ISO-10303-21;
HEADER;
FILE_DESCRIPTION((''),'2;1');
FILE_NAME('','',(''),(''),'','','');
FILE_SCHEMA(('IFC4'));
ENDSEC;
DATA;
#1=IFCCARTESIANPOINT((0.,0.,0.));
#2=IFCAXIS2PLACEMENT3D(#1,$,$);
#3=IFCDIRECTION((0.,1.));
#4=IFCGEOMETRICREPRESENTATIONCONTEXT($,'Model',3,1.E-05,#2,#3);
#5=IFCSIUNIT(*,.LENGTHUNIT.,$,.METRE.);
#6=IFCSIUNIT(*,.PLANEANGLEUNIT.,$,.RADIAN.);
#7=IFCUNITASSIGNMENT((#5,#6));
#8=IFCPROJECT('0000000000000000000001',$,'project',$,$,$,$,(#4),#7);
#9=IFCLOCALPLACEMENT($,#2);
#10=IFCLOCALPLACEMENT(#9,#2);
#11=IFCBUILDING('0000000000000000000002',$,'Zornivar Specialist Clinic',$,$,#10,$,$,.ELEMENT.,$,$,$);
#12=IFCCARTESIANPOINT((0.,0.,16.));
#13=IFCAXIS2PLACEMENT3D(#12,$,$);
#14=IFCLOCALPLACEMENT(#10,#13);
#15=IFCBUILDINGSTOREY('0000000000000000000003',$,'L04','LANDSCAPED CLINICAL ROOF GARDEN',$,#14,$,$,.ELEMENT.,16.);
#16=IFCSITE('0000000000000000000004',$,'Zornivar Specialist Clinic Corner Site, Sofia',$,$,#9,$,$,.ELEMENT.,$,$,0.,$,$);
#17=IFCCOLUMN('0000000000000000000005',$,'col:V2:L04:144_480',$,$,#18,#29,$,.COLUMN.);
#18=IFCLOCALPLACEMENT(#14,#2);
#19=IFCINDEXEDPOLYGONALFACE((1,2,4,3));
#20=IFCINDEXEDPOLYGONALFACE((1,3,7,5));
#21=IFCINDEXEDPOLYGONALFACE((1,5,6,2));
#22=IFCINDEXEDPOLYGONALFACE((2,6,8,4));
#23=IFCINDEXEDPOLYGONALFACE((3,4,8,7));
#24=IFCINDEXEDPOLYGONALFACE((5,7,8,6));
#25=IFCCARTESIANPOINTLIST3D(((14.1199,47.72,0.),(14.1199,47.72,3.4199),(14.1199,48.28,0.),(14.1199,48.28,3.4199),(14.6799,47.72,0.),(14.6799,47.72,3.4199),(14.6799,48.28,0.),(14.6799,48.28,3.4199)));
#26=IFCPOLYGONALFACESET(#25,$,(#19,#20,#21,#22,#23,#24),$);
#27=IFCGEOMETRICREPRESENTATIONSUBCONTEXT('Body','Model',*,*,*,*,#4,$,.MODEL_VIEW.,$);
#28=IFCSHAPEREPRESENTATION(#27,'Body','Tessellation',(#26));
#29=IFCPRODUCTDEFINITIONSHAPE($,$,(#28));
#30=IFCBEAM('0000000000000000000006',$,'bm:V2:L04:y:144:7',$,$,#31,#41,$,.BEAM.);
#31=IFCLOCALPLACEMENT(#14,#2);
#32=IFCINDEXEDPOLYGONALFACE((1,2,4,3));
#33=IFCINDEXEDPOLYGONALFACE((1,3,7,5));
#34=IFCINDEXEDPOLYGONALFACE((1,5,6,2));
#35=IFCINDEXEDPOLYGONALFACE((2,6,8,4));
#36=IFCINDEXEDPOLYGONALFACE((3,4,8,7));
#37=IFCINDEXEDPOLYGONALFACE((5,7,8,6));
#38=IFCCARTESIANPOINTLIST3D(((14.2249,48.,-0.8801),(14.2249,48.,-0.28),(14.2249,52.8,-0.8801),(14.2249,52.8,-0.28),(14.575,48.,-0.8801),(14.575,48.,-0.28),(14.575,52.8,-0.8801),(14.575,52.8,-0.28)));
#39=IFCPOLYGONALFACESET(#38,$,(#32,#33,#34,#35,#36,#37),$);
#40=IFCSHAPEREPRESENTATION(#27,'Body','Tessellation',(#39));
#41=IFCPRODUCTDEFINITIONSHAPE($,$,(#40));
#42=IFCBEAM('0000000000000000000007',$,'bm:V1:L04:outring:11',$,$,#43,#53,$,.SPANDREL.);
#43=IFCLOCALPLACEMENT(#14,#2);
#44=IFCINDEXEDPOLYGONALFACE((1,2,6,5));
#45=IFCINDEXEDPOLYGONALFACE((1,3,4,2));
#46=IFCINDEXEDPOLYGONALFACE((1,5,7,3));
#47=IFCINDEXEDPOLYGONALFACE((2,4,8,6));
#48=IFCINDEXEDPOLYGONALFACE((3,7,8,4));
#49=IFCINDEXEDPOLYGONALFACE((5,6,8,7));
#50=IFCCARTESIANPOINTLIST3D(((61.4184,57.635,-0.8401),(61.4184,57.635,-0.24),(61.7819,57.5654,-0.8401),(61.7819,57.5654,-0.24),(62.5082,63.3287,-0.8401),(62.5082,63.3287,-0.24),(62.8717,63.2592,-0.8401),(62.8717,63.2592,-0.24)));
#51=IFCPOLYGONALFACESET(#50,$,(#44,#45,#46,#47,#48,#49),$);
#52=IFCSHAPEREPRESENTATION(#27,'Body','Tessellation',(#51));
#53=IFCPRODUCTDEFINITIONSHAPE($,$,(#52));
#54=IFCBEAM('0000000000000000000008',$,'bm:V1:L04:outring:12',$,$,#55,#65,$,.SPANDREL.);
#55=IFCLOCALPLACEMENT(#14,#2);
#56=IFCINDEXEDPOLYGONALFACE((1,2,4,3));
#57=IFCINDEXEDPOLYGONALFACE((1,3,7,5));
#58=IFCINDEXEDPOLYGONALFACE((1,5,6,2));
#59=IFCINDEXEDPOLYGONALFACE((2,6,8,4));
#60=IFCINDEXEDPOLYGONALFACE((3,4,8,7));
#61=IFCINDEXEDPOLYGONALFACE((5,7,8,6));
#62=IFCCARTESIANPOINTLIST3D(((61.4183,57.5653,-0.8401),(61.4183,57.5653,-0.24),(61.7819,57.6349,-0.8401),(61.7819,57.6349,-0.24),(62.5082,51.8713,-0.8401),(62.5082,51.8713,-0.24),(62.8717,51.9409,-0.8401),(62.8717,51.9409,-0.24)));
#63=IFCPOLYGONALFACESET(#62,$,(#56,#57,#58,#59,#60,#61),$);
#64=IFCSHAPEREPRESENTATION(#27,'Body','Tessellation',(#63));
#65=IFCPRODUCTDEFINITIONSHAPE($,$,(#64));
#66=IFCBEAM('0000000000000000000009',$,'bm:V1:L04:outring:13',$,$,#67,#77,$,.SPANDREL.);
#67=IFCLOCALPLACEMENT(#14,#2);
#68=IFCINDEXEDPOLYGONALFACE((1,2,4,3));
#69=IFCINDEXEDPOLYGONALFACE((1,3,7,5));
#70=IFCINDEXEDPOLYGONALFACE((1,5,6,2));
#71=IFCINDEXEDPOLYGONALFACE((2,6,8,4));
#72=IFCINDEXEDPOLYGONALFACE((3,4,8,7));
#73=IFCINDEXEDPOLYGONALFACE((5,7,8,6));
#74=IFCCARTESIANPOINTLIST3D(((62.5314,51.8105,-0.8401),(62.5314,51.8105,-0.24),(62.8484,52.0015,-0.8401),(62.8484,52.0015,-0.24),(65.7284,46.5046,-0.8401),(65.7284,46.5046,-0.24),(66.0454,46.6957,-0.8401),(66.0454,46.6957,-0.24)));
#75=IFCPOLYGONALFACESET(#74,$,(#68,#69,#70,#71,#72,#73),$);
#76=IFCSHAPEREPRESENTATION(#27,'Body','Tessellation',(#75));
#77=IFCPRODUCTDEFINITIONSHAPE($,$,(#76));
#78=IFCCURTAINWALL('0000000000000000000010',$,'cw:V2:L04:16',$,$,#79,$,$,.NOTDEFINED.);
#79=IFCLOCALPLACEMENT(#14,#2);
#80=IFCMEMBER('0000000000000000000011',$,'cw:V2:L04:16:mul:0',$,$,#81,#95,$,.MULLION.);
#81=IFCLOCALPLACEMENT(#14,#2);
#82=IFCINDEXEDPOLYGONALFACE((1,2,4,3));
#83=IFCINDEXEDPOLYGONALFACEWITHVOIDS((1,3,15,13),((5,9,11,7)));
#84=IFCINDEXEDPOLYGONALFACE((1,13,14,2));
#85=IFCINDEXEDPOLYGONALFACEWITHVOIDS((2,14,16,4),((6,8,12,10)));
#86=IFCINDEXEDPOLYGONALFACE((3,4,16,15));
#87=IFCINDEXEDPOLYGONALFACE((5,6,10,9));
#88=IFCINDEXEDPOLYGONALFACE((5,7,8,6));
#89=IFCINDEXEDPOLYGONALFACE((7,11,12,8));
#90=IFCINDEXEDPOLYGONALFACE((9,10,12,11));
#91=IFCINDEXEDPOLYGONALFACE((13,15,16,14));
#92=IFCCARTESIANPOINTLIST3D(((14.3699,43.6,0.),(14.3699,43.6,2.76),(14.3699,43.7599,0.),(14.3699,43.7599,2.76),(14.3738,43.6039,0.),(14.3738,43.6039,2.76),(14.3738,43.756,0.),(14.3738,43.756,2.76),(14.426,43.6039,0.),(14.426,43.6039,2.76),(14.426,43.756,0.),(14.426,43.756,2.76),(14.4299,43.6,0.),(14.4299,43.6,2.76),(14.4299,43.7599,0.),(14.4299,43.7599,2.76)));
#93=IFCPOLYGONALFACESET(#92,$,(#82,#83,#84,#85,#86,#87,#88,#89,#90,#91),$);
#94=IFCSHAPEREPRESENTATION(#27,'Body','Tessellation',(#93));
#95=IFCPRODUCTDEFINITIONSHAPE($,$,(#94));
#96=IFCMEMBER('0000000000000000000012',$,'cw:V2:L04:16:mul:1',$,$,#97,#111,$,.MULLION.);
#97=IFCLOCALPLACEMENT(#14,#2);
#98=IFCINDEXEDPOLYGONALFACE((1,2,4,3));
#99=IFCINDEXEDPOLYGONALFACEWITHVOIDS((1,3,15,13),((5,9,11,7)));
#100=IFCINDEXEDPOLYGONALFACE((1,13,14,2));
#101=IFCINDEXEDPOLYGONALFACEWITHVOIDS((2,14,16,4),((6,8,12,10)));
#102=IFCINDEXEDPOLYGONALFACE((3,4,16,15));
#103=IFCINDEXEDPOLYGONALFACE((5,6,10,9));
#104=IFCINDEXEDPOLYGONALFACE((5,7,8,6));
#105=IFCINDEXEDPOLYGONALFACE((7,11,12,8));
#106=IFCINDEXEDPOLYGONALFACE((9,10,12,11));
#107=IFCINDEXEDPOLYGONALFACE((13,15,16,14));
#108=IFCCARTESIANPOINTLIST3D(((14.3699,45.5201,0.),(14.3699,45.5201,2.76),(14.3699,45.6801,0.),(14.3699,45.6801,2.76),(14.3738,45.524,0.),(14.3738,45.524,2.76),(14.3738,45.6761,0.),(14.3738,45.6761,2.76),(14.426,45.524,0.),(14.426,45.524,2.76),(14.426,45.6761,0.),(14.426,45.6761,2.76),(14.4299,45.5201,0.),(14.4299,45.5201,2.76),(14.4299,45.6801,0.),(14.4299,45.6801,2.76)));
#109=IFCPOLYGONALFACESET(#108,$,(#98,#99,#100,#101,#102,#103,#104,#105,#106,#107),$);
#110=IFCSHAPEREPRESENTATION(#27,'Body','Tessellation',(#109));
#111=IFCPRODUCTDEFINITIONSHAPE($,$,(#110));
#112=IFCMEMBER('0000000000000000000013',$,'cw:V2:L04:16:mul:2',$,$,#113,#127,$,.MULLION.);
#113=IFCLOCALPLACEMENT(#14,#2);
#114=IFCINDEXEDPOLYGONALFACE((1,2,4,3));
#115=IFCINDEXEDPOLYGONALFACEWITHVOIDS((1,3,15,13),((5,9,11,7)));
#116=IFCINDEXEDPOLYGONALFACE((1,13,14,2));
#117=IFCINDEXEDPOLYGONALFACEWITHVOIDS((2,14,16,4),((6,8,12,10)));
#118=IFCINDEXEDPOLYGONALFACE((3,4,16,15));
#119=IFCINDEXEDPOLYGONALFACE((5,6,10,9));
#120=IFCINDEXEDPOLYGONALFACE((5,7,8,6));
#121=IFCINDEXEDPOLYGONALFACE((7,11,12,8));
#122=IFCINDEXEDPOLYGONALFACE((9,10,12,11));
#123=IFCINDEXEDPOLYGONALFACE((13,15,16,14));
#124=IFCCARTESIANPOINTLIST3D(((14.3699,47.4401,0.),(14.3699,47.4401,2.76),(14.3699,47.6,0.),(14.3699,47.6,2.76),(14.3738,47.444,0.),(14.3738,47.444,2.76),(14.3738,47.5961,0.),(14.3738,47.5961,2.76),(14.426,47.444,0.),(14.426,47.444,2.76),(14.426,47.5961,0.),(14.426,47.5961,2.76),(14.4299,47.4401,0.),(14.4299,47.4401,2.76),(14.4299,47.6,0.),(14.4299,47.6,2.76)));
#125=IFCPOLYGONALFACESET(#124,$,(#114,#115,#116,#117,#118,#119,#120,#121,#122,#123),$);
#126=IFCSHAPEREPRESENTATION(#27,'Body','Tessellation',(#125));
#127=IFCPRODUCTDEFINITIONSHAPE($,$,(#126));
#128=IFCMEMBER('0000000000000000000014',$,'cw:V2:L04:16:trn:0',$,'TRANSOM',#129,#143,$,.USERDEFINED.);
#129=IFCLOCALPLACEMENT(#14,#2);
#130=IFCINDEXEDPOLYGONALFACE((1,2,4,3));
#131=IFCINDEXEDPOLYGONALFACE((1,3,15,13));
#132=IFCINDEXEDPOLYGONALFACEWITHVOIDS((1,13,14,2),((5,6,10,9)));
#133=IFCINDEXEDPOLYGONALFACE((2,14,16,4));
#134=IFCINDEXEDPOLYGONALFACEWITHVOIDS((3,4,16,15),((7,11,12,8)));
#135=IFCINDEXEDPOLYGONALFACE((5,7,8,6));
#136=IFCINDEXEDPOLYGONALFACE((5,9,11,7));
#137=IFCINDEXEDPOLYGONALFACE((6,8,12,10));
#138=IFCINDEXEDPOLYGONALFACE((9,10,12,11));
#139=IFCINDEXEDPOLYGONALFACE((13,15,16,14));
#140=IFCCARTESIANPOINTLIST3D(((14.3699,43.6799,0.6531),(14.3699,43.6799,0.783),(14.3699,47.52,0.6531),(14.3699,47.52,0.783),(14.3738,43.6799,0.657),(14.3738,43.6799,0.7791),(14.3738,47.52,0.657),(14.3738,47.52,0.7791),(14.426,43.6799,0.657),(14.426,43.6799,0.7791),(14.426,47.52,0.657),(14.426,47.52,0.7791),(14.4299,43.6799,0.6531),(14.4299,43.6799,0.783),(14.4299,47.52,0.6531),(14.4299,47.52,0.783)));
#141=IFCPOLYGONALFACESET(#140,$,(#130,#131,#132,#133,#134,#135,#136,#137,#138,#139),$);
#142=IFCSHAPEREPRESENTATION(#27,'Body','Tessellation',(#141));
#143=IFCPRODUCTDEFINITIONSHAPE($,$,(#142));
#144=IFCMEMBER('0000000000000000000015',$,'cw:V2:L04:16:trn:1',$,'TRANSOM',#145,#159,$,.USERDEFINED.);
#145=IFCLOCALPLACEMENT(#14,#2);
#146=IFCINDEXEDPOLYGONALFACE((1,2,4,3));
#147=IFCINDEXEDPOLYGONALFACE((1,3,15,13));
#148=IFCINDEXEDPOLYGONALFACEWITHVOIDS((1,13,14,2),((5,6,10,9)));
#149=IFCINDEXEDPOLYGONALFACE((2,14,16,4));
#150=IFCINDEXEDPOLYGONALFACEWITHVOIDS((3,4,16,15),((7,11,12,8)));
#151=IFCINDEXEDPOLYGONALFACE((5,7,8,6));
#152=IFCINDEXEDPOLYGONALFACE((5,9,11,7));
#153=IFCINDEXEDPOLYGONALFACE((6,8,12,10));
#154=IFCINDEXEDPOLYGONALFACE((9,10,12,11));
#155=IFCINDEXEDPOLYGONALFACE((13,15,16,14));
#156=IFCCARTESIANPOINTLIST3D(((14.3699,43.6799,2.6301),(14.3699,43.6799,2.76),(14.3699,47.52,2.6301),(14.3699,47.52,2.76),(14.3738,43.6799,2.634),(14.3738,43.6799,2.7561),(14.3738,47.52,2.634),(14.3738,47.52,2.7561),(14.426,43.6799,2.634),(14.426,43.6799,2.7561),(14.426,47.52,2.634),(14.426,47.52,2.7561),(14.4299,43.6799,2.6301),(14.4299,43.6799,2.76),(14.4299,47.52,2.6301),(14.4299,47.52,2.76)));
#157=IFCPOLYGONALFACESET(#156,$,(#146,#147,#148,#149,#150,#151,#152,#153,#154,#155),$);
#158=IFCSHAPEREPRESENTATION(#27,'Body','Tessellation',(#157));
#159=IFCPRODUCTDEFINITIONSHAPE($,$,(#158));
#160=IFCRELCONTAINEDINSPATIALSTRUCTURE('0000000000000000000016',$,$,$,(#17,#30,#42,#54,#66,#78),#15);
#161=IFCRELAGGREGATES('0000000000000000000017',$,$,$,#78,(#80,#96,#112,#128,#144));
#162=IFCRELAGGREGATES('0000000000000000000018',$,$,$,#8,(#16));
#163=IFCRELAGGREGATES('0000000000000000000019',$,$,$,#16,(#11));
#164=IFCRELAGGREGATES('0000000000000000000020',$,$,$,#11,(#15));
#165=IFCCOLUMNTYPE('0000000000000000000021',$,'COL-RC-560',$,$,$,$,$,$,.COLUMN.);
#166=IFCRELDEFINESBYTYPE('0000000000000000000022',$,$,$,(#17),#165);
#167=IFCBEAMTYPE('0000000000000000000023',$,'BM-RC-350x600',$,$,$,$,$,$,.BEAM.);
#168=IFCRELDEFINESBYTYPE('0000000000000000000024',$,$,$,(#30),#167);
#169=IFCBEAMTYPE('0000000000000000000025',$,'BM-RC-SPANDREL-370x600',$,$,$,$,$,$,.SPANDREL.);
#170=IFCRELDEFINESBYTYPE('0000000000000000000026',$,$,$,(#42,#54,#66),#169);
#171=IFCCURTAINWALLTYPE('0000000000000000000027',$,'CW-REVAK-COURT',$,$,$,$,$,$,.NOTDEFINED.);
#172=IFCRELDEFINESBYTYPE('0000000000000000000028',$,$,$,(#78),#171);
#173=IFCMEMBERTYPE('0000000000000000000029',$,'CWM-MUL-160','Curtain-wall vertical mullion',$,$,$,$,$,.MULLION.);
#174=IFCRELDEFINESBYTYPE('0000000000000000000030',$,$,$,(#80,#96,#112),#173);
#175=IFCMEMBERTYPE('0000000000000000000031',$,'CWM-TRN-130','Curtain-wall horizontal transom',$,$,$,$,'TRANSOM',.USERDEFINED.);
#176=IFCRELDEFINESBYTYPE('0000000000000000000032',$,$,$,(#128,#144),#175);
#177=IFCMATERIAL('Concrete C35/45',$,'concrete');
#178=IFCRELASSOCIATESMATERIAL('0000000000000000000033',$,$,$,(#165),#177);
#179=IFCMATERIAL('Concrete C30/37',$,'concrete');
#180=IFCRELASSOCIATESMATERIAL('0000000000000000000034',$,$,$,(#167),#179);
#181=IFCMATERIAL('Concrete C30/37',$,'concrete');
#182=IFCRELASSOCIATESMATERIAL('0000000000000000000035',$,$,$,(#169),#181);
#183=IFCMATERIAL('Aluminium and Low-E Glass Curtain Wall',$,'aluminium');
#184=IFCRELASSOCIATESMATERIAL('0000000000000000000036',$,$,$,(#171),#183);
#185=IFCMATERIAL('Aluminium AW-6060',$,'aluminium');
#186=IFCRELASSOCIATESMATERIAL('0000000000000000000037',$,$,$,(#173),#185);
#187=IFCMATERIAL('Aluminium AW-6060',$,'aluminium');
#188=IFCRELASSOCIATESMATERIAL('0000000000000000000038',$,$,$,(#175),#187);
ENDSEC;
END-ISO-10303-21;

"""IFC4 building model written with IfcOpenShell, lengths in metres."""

from ifc_helpers import new_model, si_unit, direction, frame, origin, origin_2d, place, context, subcontext, project, spatial, rectangle, hollow_rectangle, extrude, material, material_profile, profile_set, type_object, element, aggregate, save


model = new_model("IFC4")

# Units and contexts
model_context = context("Model", 3, precision=1e-05, world=origin(), true_north=direction((0.0, 1.0)))
body_context = subcontext(model_context, "Body", "Model", "MODEL_VIEW")
ifc_project = project(units=[si_unit("LENGTHUNIT", "METRE"), si_unit("PLANEANGLEUNIT", "RADIAN")], contexts=[model_context])

# Site, building, storey
site_placement = place(None, origin())
site = spatial("IfcSite", under=ifc_project, at=site_placement, Name="Zornivar Specialist Clinic Corner Site, Sofia", CompositionType="ELEMENT", RefElevation=0.0)
building_placement = place(site_placement, origin())
building = spatial("IfcBuilding", under=site, at=building_placement, Name="Zornivar Specialist Clinic", CompositionType="ELEMENT")
storey_placement = place(building_placement, frame((0.0, 0.0, 16.0)))
storey = spatial("IfcBuildingStorey", under=building, at=storey_placement, Name="L04", Description="LANDSCAPED CLINICAL ROOF GARDEN", CompositionType="ELEMENT", Elevation=16.0)

# Column
ifc_material_1 = material(Name="Concrete C35/45", Category="concrete")
ifc_material_profile_1 = material_profile(ifc_material_1, rectangle(XDim=0.5601, YDim=0.5601, at=origin_2d()), Name="RC 560x560")
ifc_profile_set_1 = profile_set([ifc_material_profile_1], Name="Concrete C35/45")
column_type = type_object("IfcColumnType", Name="COL-RC-560", PredefinedType="COLUMN", material=ifc_profile_set_1)
column_placement = place(storey_placement, frame((14.3999, 48.0, 0.0), z_axis=(0.0, 0.0, 1.0), x_axis=(1.0, 0.0, 0.0)))
element("IfcColumn", 1, at=column_placement, inside=storey, type_object=column_type, Name="col:V2:L04:144_480", PredefinedType="COLUMN", context=body_context, shape_type="SweptSolid", body=[
    extrude(rectangle(XDim=0.5601, YDim=0.5601, at=origin_2d()), origin(), (0.0, 0.0, 1.0), 3.4199),
])

# Beams
ifc_material_2 = material(Name="Concrete C30/37", Category="concrete")
ifc_material_profile_2 = material_profile(ifc_material_2, rectangle(XDim=0.3501, YDim=0.6001, at=origin_2d()), Name="RC 350x600")
ifc_profile_set_2 = profile_set([ifc_material_profile_2], Name="Concrete C30/37")
beam_type_1 = type_object("IfcBeamType", Name="BM-RC-350x600", PredefinedType="BEAM", material=ifc_profile_set_2)
beam_1_placement = place(storey_placement, frame((14.3999, 48.0, -0.5801), z_axis=(0.0, 1.0, 0.0), x_axis=(-1.0, 0.0, 0.0)))
element("IfcBeam", 2, at=beam_1_placement, inside=storey, type_object=beam_type_1, Name="bm:V2:L04:y:144:7", PredefinedType="BEAM", context=body_context, shape_type="SweptSolid", body=[
    extrude(rectangle(XDim=0.3501, YDim=0.6001, at=origin_2d()), origin(), (0.0, 0.0, 1.0), 4.8),
])
ifc_material_3 = material(Name="Concrete C30/37", Category="concrete")
ifc_material_profile_3 = material_profile(ifc_material_3, rectangle(XDim=0.3701, YDim=0.6001, at=origin_2d()), Name="RC 370x600")
ifc_profile_set_3 = profile_set([ifc_material_profile_3], Name="Concrete C30/37")
beam_type_2 = type_object("IfcBeamType", Name="BM-RC-SPANDREL-370x600", PredefinedType="SPANDREL", material=ifc_profile_set_3)
beam_2_placement = place(storey_placement, frame((62.6899, 63.2939, -0.54), z_axis=(-0.187994, -0.98217, 0.0), x_axis=(0.98217, -0.187994, 0.0)))
element("IfcBeam", 3, at=beam_2_placement, inside=storey, type_object=beam_type_2, Name="bm:V1:L04:outring:11", PredefinedType="SPANDREL", context=body_context, shape_type="SweptSolid", body=[
    extrude(rectangle(XDim=0.3701, YDim=0.6001, at=origin_2d()), origin(), (0.0, 0.0, 1.0), 5.7971),
])
beam_3_placement = place(storey_placement, frame((61.6001, 57.6001, -0.54), z_axis=(0.187987, -0.982172, 0.0), x_axis=(0.982172, 0.187987, 0.0)))
element("IfcBeam", 4, at=beam_3_placement, inside=storey, type_object=beam_type_2, Name="bm:V1:L04:outring:12", PredefinedType="SPANDREL", context=body_context, shape_type="SweptSolid", body=[
    extrude(rectangle(XDim=0.3701, YDim=0.6001, at=origin_2d()), origin(), (0.0, 0.0, 1.0), 5.7974),
])
beam_4_placement = place(storey_placement, frame((62.6899, 51.906, -0.54), z_axis=(0.516095, -0.856532, 0.0), x_axis=(0.856532, 0.516095, 0.0)))
element("IfcBeam", 5, at=beam_4_placement, inside=storey, type_object=beam_type_2, Name="bm:V1:L04:outring:13", PredefinedType="SPANDREL", context=body_context, shape_type="SweptSolid", body=[
    extrude(rectangle(XDim=0.3701, YDim=0.6001, at=origin_2d()), origin(), (0.0, 0.0, 1.0), 6.1946),
])

# Curtain wall, members
ifc_material_4 = material(Name="Aluminium and Low-E Glass Curtain Wall", Category="aluminium")
curtain_wall_type = type_object("IfcCurtainWallType", Name="CW-REVAK-COURT", PredefinedType="NOTDEFINED", material=ifc_material_4)
curtain_wall_placement = place(storey_placement, origin())
curtain_wall = element("IfcCurtainWall", 6, at=curtain_wall_placement, inside=storey, type_object=curtain_wall_type, Name="cw:V2:L04:16", PredefinedType="NOTDEFINED")
ifc_material_5 = material(Name="Aluminium AW-6060", Category="aluminium")
ifc_material_profile_4 = material_profile(ifc_material_5, hollow_rectangle(XDim=0.0601, YDim=0.1599, WallThickness=0.0039, at=origin_2d()), Name="ALU 60x160x4")
ifc_profile_set_4 = profile_set([ifc_material_profile_4], Name="Aluminium AW-6060")
member_type_1 = type_object("IfcMemberType", Name="CWM-MUL-160", Description="Curtain-wall vertical mullion", PredefinedType="MULLION", material=ifc_profile_set_4)
member_1_placement = place(storey_placement, frame((14.3999, 43.6799, 0.0), z_axis=(0.0, 0.0, 1.0), x_axis=(1.0, 0.0, 0.0)))
member_1 = element("IfcMember", 7, at=member_1_placement, type_object=member_type_1, Name="cw:V2:L04:16:mul:0", PredefinedType="MULLION", context=body_context, shape_type="SweptSolid", body=[
    extrude(hollow_rectangle(XDim=0.0601, YDim=0.1599, WallThickness=0.0039, at=origin_2d()), origin(), (0.0, 0.0, 1.0), 2.76),
])
member_2_placement = place(storey_placement, frame((14.3999, 45.6001, 0.0), z_axis=(0.0, 0.0, 1.0), x_axis=(1.0, 0.0, 0.0)))
member_2 = element("IfcMember", 8, at=member_2_placement, type_object=member_type_1, Name="cw:V2:L04:16:mul:1", PredefinedType="MULLION", context=body_context, shape_type="SweptSolid", body=[
    extrude(hollow_rectangle(XDim=0.0601, YDim=0.1599, WallThickness=0.0039, at=origin_2d()), origin(), (0.0, 0.0, 1.0), 2.76),
])
member_3_placement = place(storey_placement, frame((14.3999, 47.52, 0.0), z_axis=(0.0, 0.0, 1.0), x_axis=(1.0, 0.0, 0.0)))
member_3 = element("IfcMember", 9, at=member_3_placement, type_object=member_type_1, Name="cw:V2:L04:16:mul:2", PredefinedType="MULLION", context=body_context, shape_type="SweptSolid", body=[
    extrude(hollow_rectangle(XDim=0.0601, YDim=0.1599, WallThickness=0.0039, at=origin_2d()), origin(), (0.0, 0.0, 1.0), 2.76),
])
ifc_material_6 = material(Name="Aluminium AW-6060", Category="aluminium")
ifc_material_profile_5 = material_profile(ifc_material_6, hollow_rectangle(XDim=0.0601, YDim=0.1299, WallThickness=0.0039, at=origin_2d()), Name="ALU 60x130x4")
ifc_profile_set_5 = profile_set([ifc_material_profile_5], Name="Aluminium AW-6060")
member_type_2 = type_object("IfcMemberType", Name="CWM-TRN-130", Description="Curtain-wall horizontal transom", ElementType="TRANSOM", PredefinedType="USERDEFINED", material=ifc_profile_set_5)
member_4_placement = place(storey_placement, frame((14.3999, 43.6799, 0.718), z_axis=(0.0, 1.0, 0.0), x_axis=(-1.0, 0.0, 0.0)))
member_4 = element("IfcMember", 10, at=member_4_placement, type_object=member_type_2, Name="cw:V2:L04:16:trn:0", ObjectType="TRANSOM", PredefinedType="USERDEFINED", context=body_context, shape_type="SweptSolid", body=[
    extrude(hollow_rectangle(XDim=0.0601, YDim=0.1299, WallThickness=0.0039, at=origin_2d()), origin(), (0.0, 0.0, 1.0), 3.8401),
])
member_5_placement = place(storey_placement, frame((14.3999, 43.6799, 2.6951), z_axis=(0.0, 1.0, 0.0), x_axis=(-1.0, 0.0, 0.0)))
member_5 = element("IfcMember", 11, at=member_5_placement, type_object=member_type_2, Name="cw:V2:L04:16:trn:1", ObjectType="TRANSOM", PredefinedType="USERDEFINED", context=body_context, shape_type="SweptSolid", body=[
    extrude(hollow_rectangle(XDim=0.0601, YDim=0.1299, WallThickness=0.0039, at=origin_2d()), origin(), (0.0, 0.0, 1.0), 3.8401),
])

aggregate(curtain_wall, [member_1, member_2, member_3, member_4, member_5])

save(model, "model.ifc")
